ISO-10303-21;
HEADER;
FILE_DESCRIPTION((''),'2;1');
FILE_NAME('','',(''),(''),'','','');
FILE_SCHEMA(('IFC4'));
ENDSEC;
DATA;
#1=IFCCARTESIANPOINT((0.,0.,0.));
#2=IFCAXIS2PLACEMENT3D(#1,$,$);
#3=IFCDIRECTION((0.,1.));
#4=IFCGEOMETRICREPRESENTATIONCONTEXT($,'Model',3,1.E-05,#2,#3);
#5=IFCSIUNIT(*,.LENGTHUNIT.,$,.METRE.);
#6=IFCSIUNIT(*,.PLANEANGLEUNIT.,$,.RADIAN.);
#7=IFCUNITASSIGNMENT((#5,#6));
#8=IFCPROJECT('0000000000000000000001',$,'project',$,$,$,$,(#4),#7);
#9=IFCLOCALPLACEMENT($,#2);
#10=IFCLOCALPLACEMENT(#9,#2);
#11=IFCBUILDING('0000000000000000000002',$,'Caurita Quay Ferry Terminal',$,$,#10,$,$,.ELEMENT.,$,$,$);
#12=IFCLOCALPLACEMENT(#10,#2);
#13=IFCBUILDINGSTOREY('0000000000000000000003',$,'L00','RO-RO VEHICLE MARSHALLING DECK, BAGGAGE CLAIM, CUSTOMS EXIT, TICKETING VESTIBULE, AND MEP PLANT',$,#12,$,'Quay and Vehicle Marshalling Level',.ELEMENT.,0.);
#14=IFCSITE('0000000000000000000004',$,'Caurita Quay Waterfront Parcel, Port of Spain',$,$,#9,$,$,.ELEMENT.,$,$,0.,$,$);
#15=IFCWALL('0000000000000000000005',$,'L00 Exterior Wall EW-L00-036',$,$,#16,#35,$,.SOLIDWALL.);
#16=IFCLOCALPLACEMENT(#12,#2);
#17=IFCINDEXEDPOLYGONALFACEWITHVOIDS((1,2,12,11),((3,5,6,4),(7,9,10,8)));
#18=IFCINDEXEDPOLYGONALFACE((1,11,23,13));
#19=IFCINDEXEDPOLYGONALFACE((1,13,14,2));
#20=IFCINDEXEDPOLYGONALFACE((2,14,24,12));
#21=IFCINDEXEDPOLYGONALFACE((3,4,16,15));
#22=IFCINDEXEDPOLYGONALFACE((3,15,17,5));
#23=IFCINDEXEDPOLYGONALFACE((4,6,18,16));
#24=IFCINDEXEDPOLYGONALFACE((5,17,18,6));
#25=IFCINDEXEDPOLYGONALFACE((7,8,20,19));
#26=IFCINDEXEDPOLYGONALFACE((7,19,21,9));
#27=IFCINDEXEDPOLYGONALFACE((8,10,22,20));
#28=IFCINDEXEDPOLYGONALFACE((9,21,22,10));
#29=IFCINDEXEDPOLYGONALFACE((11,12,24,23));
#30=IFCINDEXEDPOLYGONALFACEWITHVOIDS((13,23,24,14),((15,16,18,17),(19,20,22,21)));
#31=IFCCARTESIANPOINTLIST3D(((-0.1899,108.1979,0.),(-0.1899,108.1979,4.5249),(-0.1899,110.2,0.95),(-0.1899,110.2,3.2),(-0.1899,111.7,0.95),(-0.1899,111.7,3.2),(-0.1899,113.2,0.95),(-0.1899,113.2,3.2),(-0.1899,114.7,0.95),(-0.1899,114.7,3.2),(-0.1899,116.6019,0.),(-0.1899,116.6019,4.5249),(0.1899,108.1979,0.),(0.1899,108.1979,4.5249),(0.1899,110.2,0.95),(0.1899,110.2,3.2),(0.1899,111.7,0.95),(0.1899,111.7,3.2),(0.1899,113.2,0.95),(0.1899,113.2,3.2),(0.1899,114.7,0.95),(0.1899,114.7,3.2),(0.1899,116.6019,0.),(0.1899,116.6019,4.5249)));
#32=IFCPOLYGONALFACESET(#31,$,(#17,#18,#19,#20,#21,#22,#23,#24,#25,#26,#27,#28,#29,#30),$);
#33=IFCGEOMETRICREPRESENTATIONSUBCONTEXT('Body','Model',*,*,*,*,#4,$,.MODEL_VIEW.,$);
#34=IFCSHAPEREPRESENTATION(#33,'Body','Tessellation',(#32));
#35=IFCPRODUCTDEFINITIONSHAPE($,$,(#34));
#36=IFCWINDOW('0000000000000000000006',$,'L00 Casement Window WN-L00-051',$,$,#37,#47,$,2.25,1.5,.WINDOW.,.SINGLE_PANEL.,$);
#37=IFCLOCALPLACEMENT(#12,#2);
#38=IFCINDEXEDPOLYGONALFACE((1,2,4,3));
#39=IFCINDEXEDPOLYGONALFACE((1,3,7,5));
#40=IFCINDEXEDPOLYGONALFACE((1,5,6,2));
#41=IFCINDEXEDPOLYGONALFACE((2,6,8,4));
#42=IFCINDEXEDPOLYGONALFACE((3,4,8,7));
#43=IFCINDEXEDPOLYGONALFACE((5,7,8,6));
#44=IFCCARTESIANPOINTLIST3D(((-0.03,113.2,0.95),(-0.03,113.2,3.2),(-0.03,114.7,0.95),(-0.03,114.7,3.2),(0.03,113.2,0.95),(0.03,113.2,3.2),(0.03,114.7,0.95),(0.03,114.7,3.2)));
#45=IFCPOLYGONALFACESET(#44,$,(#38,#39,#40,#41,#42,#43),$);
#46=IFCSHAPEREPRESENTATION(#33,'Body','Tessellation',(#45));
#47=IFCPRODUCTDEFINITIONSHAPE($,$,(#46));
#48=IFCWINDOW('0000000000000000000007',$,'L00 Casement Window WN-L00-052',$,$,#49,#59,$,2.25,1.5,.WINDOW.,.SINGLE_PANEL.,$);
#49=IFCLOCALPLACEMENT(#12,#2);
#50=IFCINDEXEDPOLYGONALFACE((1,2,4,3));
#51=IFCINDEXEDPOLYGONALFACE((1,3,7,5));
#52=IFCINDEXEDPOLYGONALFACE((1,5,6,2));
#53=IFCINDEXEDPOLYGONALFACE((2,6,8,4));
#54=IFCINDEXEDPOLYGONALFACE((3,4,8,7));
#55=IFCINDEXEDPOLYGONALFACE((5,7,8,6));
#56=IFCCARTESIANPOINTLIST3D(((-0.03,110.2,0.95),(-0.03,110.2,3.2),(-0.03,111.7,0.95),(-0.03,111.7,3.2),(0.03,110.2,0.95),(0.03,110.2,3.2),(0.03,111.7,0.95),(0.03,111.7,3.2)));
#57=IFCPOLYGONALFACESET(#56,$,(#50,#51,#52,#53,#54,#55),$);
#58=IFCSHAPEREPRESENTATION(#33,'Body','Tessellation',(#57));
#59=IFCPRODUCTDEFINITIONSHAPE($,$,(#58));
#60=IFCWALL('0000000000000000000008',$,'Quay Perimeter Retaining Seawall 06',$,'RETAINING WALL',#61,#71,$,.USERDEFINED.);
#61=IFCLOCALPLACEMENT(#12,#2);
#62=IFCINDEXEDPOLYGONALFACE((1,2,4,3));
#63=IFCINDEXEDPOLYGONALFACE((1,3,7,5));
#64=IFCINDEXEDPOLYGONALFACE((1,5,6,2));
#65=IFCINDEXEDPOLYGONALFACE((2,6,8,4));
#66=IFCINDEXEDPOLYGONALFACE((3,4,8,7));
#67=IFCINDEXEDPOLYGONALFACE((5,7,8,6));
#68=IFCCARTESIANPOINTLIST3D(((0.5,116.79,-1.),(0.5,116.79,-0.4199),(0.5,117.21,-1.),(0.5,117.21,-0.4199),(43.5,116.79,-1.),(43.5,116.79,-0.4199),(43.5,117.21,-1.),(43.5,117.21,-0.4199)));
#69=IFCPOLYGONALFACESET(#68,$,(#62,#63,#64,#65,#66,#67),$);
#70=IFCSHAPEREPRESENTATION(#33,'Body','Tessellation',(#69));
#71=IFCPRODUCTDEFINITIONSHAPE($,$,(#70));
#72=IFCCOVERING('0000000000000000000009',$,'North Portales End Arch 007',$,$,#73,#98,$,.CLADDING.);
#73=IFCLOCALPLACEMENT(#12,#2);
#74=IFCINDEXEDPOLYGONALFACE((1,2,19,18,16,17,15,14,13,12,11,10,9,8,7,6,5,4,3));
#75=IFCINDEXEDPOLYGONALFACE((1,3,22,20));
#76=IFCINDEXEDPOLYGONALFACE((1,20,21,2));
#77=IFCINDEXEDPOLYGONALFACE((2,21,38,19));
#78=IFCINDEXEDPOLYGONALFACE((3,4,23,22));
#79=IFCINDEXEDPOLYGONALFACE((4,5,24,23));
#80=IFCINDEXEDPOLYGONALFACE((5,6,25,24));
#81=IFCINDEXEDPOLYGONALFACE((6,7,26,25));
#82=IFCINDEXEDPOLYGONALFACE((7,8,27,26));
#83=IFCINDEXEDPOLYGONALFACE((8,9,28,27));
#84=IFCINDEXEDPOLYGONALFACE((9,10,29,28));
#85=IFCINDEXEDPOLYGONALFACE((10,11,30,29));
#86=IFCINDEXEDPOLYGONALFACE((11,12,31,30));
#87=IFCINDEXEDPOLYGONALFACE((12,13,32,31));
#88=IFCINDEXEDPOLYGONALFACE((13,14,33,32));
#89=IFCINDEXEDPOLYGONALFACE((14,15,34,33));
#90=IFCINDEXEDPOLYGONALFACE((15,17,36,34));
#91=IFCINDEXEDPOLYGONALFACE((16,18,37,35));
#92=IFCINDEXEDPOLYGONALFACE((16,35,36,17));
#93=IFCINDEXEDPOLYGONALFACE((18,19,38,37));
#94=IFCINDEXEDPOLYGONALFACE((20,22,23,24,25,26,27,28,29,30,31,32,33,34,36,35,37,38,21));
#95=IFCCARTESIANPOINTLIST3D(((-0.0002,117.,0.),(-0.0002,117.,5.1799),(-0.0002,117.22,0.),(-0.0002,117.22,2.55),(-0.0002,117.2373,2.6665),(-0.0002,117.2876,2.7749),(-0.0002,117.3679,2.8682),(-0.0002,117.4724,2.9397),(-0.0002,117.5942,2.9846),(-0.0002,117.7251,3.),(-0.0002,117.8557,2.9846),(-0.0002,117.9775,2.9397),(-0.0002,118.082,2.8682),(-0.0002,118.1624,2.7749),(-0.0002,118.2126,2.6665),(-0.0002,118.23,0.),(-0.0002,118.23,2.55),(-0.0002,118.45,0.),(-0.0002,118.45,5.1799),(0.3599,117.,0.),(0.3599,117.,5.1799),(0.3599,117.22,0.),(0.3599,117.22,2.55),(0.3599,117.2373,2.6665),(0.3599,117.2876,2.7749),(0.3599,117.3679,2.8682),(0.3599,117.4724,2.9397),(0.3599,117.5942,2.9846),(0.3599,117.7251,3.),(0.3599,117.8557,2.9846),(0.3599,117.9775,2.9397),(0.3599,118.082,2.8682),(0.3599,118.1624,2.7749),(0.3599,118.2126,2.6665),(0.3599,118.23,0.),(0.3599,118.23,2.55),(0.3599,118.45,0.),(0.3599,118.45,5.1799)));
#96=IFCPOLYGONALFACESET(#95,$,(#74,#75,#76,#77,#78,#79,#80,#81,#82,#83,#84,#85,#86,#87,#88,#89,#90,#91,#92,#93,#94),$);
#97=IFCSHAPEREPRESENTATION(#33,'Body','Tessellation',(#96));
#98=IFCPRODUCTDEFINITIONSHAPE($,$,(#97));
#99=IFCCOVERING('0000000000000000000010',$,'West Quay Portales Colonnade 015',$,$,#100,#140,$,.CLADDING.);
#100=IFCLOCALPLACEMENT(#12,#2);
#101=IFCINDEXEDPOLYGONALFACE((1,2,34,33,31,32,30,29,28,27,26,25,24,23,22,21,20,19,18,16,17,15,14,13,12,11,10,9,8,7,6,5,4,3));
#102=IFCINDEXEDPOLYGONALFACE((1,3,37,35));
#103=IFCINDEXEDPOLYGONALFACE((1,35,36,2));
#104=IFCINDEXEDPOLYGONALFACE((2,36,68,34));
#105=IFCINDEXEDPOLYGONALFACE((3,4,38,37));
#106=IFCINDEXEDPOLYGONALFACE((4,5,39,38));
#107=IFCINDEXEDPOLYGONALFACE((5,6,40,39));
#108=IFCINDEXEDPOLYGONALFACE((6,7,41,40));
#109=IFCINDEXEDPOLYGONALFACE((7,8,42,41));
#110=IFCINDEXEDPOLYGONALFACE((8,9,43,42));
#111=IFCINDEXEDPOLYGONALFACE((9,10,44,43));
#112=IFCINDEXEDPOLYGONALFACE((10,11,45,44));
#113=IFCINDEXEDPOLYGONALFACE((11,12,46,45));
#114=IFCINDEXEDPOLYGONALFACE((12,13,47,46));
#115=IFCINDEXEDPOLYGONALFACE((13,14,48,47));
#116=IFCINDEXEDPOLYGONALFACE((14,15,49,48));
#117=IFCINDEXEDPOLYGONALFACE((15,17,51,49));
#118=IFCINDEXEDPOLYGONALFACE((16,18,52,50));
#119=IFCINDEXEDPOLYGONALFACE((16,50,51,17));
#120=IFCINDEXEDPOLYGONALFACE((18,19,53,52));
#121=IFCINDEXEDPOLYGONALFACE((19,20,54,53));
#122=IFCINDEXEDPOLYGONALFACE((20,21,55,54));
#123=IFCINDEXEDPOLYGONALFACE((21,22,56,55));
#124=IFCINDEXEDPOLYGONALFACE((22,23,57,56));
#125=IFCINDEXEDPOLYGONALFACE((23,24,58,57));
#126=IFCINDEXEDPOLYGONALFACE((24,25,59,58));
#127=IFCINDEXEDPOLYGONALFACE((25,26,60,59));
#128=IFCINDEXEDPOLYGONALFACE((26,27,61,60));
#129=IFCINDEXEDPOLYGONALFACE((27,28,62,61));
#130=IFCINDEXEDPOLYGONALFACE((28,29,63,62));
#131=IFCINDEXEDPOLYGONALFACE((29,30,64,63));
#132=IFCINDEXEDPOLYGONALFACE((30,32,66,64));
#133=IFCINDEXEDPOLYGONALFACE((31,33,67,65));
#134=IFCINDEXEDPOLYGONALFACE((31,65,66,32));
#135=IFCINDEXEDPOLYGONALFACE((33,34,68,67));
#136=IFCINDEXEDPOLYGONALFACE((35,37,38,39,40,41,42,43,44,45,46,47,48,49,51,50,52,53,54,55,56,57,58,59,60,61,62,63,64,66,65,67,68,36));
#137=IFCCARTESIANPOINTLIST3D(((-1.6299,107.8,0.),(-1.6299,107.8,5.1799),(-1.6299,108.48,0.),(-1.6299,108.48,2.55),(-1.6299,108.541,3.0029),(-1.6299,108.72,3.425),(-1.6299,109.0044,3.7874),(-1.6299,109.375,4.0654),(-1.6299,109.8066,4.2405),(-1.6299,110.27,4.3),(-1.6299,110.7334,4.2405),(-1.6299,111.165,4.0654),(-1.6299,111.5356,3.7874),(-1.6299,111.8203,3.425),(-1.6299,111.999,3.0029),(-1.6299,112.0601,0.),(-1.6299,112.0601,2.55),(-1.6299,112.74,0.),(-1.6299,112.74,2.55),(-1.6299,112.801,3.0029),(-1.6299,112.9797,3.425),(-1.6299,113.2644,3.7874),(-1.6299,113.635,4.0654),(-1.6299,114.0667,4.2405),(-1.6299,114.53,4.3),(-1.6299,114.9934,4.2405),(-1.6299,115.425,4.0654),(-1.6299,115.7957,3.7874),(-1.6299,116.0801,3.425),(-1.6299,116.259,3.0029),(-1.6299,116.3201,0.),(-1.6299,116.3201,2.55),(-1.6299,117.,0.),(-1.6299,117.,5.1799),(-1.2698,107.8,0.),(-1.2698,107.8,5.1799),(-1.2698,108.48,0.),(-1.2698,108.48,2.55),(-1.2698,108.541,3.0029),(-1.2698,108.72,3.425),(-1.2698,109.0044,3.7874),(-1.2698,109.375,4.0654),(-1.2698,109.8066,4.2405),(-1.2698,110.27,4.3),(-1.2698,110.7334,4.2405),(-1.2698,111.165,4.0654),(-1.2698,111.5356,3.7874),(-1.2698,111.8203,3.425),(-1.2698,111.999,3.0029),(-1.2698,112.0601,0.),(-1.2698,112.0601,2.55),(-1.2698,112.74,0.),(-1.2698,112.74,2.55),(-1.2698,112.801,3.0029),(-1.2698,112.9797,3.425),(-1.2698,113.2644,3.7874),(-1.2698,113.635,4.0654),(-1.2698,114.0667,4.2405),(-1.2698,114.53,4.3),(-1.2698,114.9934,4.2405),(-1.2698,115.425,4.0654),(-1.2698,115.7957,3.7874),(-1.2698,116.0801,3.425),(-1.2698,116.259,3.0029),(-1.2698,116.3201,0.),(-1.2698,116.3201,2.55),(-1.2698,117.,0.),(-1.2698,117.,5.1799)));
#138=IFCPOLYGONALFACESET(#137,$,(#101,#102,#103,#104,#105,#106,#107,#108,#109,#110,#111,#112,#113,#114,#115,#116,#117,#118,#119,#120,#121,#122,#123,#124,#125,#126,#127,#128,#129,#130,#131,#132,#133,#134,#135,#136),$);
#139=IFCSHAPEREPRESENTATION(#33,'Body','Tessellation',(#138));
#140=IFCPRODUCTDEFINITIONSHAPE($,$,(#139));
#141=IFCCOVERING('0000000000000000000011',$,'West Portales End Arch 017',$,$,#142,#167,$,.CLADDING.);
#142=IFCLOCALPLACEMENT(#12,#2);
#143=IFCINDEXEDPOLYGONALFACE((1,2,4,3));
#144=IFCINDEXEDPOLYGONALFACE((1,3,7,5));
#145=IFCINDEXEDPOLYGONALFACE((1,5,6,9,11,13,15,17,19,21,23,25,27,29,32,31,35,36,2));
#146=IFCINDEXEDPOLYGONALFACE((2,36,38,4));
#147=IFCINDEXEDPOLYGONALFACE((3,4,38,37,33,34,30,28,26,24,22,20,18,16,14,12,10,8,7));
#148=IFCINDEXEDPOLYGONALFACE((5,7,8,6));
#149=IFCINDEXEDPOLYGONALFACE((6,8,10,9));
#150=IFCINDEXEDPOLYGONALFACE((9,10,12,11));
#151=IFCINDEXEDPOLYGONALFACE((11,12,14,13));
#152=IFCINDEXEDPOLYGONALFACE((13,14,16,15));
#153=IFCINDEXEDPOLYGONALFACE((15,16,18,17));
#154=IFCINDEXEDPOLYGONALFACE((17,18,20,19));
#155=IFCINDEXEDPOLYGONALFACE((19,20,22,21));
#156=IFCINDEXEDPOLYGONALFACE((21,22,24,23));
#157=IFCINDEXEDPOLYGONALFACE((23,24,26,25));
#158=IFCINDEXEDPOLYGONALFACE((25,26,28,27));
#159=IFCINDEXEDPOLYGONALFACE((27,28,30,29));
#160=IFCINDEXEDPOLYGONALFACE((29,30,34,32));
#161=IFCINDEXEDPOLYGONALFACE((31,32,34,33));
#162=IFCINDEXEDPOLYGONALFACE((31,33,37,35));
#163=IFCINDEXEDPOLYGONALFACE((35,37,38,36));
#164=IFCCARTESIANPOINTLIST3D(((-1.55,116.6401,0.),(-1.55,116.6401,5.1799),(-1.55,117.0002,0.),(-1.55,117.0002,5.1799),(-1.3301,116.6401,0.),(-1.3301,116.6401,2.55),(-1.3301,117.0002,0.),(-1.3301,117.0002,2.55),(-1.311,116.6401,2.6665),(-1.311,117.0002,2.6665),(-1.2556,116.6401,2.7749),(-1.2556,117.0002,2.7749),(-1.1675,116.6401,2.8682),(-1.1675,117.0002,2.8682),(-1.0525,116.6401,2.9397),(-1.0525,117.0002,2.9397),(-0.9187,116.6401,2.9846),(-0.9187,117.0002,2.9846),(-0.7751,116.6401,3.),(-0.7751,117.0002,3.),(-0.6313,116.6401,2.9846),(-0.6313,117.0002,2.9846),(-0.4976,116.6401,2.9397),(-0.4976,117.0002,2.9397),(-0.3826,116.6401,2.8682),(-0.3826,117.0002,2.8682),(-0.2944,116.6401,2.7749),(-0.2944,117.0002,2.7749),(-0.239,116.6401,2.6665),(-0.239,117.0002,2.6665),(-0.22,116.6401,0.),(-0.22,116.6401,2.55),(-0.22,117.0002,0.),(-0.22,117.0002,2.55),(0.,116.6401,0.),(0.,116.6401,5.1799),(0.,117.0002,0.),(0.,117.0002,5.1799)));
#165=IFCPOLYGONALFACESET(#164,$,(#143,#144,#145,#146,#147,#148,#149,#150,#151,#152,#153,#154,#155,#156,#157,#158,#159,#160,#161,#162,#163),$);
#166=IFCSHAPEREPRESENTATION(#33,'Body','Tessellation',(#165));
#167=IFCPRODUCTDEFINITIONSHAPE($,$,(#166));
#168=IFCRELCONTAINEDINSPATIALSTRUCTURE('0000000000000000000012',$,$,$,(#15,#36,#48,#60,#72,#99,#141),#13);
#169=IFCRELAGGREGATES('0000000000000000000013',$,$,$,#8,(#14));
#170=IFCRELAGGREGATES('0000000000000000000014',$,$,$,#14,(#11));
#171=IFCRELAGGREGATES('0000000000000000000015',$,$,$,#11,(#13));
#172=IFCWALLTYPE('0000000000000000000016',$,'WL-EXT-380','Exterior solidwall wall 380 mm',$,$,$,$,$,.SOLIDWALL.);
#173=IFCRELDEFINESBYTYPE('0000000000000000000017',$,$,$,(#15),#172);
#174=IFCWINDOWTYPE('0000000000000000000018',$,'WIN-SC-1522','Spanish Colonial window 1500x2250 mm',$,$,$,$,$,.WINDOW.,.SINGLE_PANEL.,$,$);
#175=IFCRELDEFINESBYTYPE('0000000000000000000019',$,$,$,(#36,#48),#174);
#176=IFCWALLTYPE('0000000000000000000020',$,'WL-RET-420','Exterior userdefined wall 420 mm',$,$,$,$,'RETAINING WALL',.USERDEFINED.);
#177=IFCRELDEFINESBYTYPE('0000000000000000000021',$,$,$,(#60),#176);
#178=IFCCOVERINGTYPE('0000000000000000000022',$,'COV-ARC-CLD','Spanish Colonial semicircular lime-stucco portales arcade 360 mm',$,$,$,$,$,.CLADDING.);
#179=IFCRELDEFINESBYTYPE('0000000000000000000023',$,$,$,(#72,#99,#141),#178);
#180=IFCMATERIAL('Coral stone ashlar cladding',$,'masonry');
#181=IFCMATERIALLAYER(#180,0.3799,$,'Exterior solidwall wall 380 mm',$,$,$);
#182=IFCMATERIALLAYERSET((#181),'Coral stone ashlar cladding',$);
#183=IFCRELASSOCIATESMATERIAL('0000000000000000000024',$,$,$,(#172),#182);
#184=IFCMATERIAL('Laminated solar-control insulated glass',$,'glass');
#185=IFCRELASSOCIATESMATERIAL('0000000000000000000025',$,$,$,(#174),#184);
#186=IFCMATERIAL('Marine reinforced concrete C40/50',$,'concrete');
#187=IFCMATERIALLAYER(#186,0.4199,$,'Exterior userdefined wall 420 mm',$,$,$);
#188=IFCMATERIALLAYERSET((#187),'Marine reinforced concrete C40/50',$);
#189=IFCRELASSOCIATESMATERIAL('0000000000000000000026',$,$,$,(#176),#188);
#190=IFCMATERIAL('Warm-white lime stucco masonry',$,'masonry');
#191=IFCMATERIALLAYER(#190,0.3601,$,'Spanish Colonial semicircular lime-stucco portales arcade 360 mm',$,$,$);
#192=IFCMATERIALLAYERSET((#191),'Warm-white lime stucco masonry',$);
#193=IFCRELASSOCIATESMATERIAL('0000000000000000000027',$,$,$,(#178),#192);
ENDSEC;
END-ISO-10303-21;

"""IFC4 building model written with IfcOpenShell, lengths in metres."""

from ifc_helpers import new_model, si_unit, direction, frame, frame_2d, origin, place, context, subcontext, project, spatial, polyline, rectangle, outline, extrude, material, layer, layer_set, type_object, element, fill, save


model = new_model("IFC4")

# Units and contexts
model_context = context("Model", 3, precision=1e-05, world=origin(), true_north=direction((0.0, 1.0)))
body_context = subcontext(model_context, "Body", "Model", "MODEL_VIEW")
ifc_project = project(units=[si_unit("LENGTHUNIT", "METRE"), si_unit("PLANEANGLEUNIT", "RADIAN")], contexts=[model_context])

# Site, building, storey
site_placement = place(None, origin())
site = spatial("IfcSite", under=ifc_project, at=site_placement, Name="Caurita Quay Waterfront Parcel, Port of Spain", CompositionType="ELEMENT", RefElevation=0.0)
building_placement = place(site_placement, origin())
building = spatial("IfcBuilding", under=site, at=building_placement, Name="Caurita Quay Ferry Terminal", CompositionType="ELEMENT")
storey_placement = place(building_placement, origin())
storey = spatial("IfcBuildingStorey", under=building, at=storey_placement, Name="L00", Description="RO-RO VEHICLE MARSHALLING DECK, BAGGAGE CLAIM, CUSTOMS EXIT, TICKETING VESTIBULE, AND MEP PLANT", LongName="Quay and Vehicle Marshalling Level", CompositionType="ELEMENT", Elevation=0.0)

# Shared definitions
ifc_material_1 = material(Name="Marine reinforced concrete C40/50", Category="concrete")

# Wall, openings, windows
ifc_material_2 = material(Name="Coral stone ashlar cladding", Category="masonry")
ifc_layer_1 = layer(ifc_material_2, 0.3799, Name="Exterior solidwall wall 380 mm")
ifc_layer_set_1 = layer_set([ifc_layer_1], Name="Coral stone ashlar cladding")
wall_type_1 = type_object("IfcWallType", Name="WL-EXT-380", Description="Exterior solidwall wall 380 mm", PredefinedType="SOLIDWALL", material=ifc_layer_set_1)
wall_1_placement = place(storey_placement, frame((0.0, 116.6021, 0.0), z_axis=(0.0, 0.0, 1.0), x_axis=(0.0, -1.0, 0.0)))
wall_1 = element("IfcWall", 1, at=wall_1_placement, inside=storey, type_object=wall_type_1, Name="L00 Exterior Wall EW-L00-036", PredefinedType="SOLIDWALL", context=body_context, shape_type="SweptSolid", body=[
    extrude(rectangle(XDim=8.4041, YDim=0.3799, at=frame_2d((4.2021, 0.0))), origin(), (0.0, 0.0, 1.0), 4.5249),
])
opening_1_placement = place(wall_1_placement, frame((1.9021, 0.0, 0.95)))
opening_1 = element("IfcOpeningElement", 2, at=opening_1_placement, cuts=wall_1, PredefinedType="OPENING", context=body_context, shape_type="SweptSolid", body=[
    extrude(rectangle(XDim=1.5, YDim=2.25, at=frame_2d((0.75, 1.125))), frame((0.0, 0.2, 0.0), z_axis=(0.0, -1.0, 0.0), x_axis=(1.0, 0.0, 0.0)), (0.0, 0.0, 1.0), 0.3999),
])
opening_2_placement = place(wall_1_placement, frame((4.9021, 0.0, 0.95)))
opening_2 = element("IfcOpeningElement", 3, at=opening_2_placement, cuts=wall_1, PredefinedType="OPENING", context=body_context, shape_type="SweptSolid", body=[
    extrude(rectangle(XDim=1.5, YDim=2.25, at=frame_2d((0.75, 1.125))), frame((0.0, 0.2, 0.0), z_axis=(0.0, -1.0, 0.0), x_axis=(1.0, 0.0, 0.0)), (0.0, 0.0, 1.0), 0.3999),
])
ifc_material_3 = material(Name="Laminated solar-control insulated glass", Category="glass")
window_type = type_object("IfcWindowType", Name="WIN-SC-1522", Description="Spanish Colonial window 1500x2250 mm", PartitioningType="SINGLE_PANEL", PredefinedType="WINDOW", material=ifc_material_3)
window_1_placement = place(opening_1_placement, origin())
window_1 = element("IfcWindow", 4, at=window_1_placement, inside=storey, type_object=window_type, Name="L00 Casement Window WN-L00-051", OverallHeight=2.25, OverallWidth=1.5, PartitioningType="SINGLE_PANEL", PredefinedType="WINDOW", context=body_context, shape_type="SweptSolid", body=[
    extrude(rectangle(XDim=1.5, YDim=2.25, at=frame_2d((0.75, 1.125))), frame((0.0, 0.03, 0.0), z_axis=(0.0, -1.0, 0.0), x_axis=(1.0, 0.0, 0.0)), (0.0, 0.0, 1.0), 0.0601),
])
fill(opening_1, window_1)
window_2_placement = place(opening_2_placement, origin())
window_2 = element("IfcWindow", 5, at=window_2_placement, inside=storey, type_object=window_type, Name="L00 Casement Window WN-L00-052", OverallHeight=2.25, OverallWidth=1.5, PartitioningType="SINGLE_PANEL", PredefinedType="WINDOW", context=body_context, shape_type="SweptSolid", body=[
    extrude(rectangle(XDim=1.5, YDim=2.25, at=frame_2d((0.75, 1.125))), frame((0.0, 0.03, 0.0), z_axis=(0.0, -1.0, 0.0), x_axis=(1.0, 0.0, 0.0)), (0.0, 0.0, 1.0), 0.0601),
])
fill(opening_2, window_2)

# Wall
ifc_layer_2 = layer(ifc_material_1, 0.4199, Name="Exterior userdefined wall 420 mm")
ifc_layer_set_2 = layer_set([ifc_layer_2], Name="Marine reinforced concrete C40/50")
wall_type_2 = type_object("IfcWallType", Name="WL-RET-420", Description="Exterior userdefined wall 420 mm", ElementType="RETAINING WALL", PredefinedType="USERDEFINED", material=ifc_layer_set_2)
wall_2_placement = place(storey_placement, frame((0.5, 117.0, -1.0), z_axis=(0.0, 0.0, 1.0), x_axis=(1.0, 0.0, 0.0)))
element("IfcWall", 6, at=wall_2_placement, inside=storey, type_object=wall_type_2, Name="Quay Perimeter Retaining Seawall 06", ObjectType="RETAINING WALL", PredefinedType="USERDEFINED", context=body_context, shape_type="SweptSolid", body=[
    extrude(rectangle(XDim=43.0, YDim=0.4199, at=frame_2d((21.5, 0.0))), origin(), (0.0, 0.0, 1.0), 0.5801),
])

# Coverings
ifc_material_4 = material(Name="Warm-white lime stucco masonry", Category="masonry")
ifc_layer_3 = layer(ifc_material_4, 0.3601, Name="Spanish Colonial semicircular lime-stucco portales arcade 360 mm")
ifc_layer_set_3 = layer_set([ifc_layer_3], Name="Warm-white lime stucco masonry")
covering_type_1 = type_object("IfcCoveringType", Name="COV-ARC-CLD", Description="Spanish Colonial semicircular lime-stucco portales arcade 360 mm", PredefinedType="CLADDING", material=ifc_layer_set_3)
covering_1_placement = place(storey_placement, frame((0.1799, 117.0, 0.0), z_axis=(0.0, 0.0, 1.0), x_axis=(0.0, 1.0, 0.0)))
element("IfcCovering", 7, at=covering_1_placement, inside=storey, type_object=covering_type_1, Name="North Portales End Arch 007", PredefinedType="CLADDING", context=body_context, shape_type="SweptSolid", body=[
    extrude(outline(polyline([(0.0, 0.0), (0.22, 0.0), (0.22, 2.55), (0.2373, 2.6665), (0.2876, 2.7749), (0.3679, 2.8682), (0.4724, 2.9397), (0.5942, 2.9846), (0.7251, 3.0), (0.8557, 2.9846), (0.9775, 2.9397), (1.082, 2.8682), (1.1624, 2.7749), (1.2126, 2.6665), (1.23, 2.55), (1.23, 0.0), (1.45, 0.0), (1.45, 5.1799), (0.0, 5.1799), (0.0, 0.0)])), frame((0.0, 0.1802, 0.0), z_axis=(0.0, -1.0, 0.0), x_axis=(1.0, 0.0, 0.0)), (0.0, 0.0, 1.0), 0.3601),
])
covering_2_placement = place(storey_placement, frame((-1.45, 117.0, 0.0), z_axis=(0.0, 0.0, 1.0), x_axis=(0.0, -1.0, 0.0)))
element("IfcCovering", 8, at=covering_2_placement, inside=storey, type_object=covering_type_1, Name="West Quay Portales Colonnade 015", PredefinedType="CLADDING", context=body_context, shape_type="SweptSolid", body=[
    extrude(outline(polyline([(0.0, 0.0), (0.6799, 0.0), (0.6799, 2.55), (0.741, 3.0029), (0.9199, 3.425), (1.2043, 3.7874), (1.575, 4.0654), (2.0066, 4.2405), (2.47, 4.3), (2.9333, 4.2405), (3.365, 4.0654), (3.7356, 3.7874), (4.0203, 3.425), (4.199, 3.0029), (4.26, 2.55), (4.26, 0.0), (4.9399, 0.0), (4.9399, 2.55), (5.001, 3.0029), (5.1797, 3.425), (5.4644, 3.7874), (5.835, 4.0654), (6.2666, 4.2405), (6.73, 4.3), (7.1934, 4.2405), (7.625, 4.0654), (7.9956, 3.7874), (8.28, 3.425), (8.459, 3.0029), (8.52, 2.55), (8.52, 0.0), (9.2, 0.0), (9.2, 5.1799), (0.0, 5.1799), (0.0, 0.0)])), frame((0.0, 0.1802, 0.0), z_axis=(0.0, -1.0, 0.0), x_axis=(1.0, 0.0, 0.0)), (0.0, 0.0, 1.0), 0.3601),
])
covering_3_placement = place(storey_placement, frame((-1.55, 116.8201, 0.0), z_axis=(0.0, 0.0, 1.0), x_axis=(1.0, 0.0, 0.0)))
element("IfcCovering", 9, at=covering_3_placement, inside=storey, type_object=covering_type_1, Name="West Portales End Arch 017", PredefinedType="CLADDING", context=body_context, shape_type="SweptSolid", body=[
    extrude(outline(polyline([(0.0, 0.0), (0.22, 0.0), (0.22, 2.55), (0.239, 2.6665), (0.2944, 2.7749), (0.3826, 2.8682), (0.4976, 2.9397), (0.6313, 2.9846), (0.7749, 3.0), (0.9187, 2.9846), (1.0525, 2.9397), (1.1675, 2.8682), (1.2556, 2.7749), (1.311, 2.6665), (1.3301, 2.55), (1.3301, 0.0), (1.55, 0.0), (1.55, 5.1799), (0.0, 5.1799), (0.0, 0.0)])), frame((0.0, 0.1802, 0.0), z_axis=(0.0, -1.0, 0.0), x_axis=(1.0, 0.0, 0.0)), (0.0, 0.0, 1.0), 0.3601),
])

save(model, "model.ifc")
